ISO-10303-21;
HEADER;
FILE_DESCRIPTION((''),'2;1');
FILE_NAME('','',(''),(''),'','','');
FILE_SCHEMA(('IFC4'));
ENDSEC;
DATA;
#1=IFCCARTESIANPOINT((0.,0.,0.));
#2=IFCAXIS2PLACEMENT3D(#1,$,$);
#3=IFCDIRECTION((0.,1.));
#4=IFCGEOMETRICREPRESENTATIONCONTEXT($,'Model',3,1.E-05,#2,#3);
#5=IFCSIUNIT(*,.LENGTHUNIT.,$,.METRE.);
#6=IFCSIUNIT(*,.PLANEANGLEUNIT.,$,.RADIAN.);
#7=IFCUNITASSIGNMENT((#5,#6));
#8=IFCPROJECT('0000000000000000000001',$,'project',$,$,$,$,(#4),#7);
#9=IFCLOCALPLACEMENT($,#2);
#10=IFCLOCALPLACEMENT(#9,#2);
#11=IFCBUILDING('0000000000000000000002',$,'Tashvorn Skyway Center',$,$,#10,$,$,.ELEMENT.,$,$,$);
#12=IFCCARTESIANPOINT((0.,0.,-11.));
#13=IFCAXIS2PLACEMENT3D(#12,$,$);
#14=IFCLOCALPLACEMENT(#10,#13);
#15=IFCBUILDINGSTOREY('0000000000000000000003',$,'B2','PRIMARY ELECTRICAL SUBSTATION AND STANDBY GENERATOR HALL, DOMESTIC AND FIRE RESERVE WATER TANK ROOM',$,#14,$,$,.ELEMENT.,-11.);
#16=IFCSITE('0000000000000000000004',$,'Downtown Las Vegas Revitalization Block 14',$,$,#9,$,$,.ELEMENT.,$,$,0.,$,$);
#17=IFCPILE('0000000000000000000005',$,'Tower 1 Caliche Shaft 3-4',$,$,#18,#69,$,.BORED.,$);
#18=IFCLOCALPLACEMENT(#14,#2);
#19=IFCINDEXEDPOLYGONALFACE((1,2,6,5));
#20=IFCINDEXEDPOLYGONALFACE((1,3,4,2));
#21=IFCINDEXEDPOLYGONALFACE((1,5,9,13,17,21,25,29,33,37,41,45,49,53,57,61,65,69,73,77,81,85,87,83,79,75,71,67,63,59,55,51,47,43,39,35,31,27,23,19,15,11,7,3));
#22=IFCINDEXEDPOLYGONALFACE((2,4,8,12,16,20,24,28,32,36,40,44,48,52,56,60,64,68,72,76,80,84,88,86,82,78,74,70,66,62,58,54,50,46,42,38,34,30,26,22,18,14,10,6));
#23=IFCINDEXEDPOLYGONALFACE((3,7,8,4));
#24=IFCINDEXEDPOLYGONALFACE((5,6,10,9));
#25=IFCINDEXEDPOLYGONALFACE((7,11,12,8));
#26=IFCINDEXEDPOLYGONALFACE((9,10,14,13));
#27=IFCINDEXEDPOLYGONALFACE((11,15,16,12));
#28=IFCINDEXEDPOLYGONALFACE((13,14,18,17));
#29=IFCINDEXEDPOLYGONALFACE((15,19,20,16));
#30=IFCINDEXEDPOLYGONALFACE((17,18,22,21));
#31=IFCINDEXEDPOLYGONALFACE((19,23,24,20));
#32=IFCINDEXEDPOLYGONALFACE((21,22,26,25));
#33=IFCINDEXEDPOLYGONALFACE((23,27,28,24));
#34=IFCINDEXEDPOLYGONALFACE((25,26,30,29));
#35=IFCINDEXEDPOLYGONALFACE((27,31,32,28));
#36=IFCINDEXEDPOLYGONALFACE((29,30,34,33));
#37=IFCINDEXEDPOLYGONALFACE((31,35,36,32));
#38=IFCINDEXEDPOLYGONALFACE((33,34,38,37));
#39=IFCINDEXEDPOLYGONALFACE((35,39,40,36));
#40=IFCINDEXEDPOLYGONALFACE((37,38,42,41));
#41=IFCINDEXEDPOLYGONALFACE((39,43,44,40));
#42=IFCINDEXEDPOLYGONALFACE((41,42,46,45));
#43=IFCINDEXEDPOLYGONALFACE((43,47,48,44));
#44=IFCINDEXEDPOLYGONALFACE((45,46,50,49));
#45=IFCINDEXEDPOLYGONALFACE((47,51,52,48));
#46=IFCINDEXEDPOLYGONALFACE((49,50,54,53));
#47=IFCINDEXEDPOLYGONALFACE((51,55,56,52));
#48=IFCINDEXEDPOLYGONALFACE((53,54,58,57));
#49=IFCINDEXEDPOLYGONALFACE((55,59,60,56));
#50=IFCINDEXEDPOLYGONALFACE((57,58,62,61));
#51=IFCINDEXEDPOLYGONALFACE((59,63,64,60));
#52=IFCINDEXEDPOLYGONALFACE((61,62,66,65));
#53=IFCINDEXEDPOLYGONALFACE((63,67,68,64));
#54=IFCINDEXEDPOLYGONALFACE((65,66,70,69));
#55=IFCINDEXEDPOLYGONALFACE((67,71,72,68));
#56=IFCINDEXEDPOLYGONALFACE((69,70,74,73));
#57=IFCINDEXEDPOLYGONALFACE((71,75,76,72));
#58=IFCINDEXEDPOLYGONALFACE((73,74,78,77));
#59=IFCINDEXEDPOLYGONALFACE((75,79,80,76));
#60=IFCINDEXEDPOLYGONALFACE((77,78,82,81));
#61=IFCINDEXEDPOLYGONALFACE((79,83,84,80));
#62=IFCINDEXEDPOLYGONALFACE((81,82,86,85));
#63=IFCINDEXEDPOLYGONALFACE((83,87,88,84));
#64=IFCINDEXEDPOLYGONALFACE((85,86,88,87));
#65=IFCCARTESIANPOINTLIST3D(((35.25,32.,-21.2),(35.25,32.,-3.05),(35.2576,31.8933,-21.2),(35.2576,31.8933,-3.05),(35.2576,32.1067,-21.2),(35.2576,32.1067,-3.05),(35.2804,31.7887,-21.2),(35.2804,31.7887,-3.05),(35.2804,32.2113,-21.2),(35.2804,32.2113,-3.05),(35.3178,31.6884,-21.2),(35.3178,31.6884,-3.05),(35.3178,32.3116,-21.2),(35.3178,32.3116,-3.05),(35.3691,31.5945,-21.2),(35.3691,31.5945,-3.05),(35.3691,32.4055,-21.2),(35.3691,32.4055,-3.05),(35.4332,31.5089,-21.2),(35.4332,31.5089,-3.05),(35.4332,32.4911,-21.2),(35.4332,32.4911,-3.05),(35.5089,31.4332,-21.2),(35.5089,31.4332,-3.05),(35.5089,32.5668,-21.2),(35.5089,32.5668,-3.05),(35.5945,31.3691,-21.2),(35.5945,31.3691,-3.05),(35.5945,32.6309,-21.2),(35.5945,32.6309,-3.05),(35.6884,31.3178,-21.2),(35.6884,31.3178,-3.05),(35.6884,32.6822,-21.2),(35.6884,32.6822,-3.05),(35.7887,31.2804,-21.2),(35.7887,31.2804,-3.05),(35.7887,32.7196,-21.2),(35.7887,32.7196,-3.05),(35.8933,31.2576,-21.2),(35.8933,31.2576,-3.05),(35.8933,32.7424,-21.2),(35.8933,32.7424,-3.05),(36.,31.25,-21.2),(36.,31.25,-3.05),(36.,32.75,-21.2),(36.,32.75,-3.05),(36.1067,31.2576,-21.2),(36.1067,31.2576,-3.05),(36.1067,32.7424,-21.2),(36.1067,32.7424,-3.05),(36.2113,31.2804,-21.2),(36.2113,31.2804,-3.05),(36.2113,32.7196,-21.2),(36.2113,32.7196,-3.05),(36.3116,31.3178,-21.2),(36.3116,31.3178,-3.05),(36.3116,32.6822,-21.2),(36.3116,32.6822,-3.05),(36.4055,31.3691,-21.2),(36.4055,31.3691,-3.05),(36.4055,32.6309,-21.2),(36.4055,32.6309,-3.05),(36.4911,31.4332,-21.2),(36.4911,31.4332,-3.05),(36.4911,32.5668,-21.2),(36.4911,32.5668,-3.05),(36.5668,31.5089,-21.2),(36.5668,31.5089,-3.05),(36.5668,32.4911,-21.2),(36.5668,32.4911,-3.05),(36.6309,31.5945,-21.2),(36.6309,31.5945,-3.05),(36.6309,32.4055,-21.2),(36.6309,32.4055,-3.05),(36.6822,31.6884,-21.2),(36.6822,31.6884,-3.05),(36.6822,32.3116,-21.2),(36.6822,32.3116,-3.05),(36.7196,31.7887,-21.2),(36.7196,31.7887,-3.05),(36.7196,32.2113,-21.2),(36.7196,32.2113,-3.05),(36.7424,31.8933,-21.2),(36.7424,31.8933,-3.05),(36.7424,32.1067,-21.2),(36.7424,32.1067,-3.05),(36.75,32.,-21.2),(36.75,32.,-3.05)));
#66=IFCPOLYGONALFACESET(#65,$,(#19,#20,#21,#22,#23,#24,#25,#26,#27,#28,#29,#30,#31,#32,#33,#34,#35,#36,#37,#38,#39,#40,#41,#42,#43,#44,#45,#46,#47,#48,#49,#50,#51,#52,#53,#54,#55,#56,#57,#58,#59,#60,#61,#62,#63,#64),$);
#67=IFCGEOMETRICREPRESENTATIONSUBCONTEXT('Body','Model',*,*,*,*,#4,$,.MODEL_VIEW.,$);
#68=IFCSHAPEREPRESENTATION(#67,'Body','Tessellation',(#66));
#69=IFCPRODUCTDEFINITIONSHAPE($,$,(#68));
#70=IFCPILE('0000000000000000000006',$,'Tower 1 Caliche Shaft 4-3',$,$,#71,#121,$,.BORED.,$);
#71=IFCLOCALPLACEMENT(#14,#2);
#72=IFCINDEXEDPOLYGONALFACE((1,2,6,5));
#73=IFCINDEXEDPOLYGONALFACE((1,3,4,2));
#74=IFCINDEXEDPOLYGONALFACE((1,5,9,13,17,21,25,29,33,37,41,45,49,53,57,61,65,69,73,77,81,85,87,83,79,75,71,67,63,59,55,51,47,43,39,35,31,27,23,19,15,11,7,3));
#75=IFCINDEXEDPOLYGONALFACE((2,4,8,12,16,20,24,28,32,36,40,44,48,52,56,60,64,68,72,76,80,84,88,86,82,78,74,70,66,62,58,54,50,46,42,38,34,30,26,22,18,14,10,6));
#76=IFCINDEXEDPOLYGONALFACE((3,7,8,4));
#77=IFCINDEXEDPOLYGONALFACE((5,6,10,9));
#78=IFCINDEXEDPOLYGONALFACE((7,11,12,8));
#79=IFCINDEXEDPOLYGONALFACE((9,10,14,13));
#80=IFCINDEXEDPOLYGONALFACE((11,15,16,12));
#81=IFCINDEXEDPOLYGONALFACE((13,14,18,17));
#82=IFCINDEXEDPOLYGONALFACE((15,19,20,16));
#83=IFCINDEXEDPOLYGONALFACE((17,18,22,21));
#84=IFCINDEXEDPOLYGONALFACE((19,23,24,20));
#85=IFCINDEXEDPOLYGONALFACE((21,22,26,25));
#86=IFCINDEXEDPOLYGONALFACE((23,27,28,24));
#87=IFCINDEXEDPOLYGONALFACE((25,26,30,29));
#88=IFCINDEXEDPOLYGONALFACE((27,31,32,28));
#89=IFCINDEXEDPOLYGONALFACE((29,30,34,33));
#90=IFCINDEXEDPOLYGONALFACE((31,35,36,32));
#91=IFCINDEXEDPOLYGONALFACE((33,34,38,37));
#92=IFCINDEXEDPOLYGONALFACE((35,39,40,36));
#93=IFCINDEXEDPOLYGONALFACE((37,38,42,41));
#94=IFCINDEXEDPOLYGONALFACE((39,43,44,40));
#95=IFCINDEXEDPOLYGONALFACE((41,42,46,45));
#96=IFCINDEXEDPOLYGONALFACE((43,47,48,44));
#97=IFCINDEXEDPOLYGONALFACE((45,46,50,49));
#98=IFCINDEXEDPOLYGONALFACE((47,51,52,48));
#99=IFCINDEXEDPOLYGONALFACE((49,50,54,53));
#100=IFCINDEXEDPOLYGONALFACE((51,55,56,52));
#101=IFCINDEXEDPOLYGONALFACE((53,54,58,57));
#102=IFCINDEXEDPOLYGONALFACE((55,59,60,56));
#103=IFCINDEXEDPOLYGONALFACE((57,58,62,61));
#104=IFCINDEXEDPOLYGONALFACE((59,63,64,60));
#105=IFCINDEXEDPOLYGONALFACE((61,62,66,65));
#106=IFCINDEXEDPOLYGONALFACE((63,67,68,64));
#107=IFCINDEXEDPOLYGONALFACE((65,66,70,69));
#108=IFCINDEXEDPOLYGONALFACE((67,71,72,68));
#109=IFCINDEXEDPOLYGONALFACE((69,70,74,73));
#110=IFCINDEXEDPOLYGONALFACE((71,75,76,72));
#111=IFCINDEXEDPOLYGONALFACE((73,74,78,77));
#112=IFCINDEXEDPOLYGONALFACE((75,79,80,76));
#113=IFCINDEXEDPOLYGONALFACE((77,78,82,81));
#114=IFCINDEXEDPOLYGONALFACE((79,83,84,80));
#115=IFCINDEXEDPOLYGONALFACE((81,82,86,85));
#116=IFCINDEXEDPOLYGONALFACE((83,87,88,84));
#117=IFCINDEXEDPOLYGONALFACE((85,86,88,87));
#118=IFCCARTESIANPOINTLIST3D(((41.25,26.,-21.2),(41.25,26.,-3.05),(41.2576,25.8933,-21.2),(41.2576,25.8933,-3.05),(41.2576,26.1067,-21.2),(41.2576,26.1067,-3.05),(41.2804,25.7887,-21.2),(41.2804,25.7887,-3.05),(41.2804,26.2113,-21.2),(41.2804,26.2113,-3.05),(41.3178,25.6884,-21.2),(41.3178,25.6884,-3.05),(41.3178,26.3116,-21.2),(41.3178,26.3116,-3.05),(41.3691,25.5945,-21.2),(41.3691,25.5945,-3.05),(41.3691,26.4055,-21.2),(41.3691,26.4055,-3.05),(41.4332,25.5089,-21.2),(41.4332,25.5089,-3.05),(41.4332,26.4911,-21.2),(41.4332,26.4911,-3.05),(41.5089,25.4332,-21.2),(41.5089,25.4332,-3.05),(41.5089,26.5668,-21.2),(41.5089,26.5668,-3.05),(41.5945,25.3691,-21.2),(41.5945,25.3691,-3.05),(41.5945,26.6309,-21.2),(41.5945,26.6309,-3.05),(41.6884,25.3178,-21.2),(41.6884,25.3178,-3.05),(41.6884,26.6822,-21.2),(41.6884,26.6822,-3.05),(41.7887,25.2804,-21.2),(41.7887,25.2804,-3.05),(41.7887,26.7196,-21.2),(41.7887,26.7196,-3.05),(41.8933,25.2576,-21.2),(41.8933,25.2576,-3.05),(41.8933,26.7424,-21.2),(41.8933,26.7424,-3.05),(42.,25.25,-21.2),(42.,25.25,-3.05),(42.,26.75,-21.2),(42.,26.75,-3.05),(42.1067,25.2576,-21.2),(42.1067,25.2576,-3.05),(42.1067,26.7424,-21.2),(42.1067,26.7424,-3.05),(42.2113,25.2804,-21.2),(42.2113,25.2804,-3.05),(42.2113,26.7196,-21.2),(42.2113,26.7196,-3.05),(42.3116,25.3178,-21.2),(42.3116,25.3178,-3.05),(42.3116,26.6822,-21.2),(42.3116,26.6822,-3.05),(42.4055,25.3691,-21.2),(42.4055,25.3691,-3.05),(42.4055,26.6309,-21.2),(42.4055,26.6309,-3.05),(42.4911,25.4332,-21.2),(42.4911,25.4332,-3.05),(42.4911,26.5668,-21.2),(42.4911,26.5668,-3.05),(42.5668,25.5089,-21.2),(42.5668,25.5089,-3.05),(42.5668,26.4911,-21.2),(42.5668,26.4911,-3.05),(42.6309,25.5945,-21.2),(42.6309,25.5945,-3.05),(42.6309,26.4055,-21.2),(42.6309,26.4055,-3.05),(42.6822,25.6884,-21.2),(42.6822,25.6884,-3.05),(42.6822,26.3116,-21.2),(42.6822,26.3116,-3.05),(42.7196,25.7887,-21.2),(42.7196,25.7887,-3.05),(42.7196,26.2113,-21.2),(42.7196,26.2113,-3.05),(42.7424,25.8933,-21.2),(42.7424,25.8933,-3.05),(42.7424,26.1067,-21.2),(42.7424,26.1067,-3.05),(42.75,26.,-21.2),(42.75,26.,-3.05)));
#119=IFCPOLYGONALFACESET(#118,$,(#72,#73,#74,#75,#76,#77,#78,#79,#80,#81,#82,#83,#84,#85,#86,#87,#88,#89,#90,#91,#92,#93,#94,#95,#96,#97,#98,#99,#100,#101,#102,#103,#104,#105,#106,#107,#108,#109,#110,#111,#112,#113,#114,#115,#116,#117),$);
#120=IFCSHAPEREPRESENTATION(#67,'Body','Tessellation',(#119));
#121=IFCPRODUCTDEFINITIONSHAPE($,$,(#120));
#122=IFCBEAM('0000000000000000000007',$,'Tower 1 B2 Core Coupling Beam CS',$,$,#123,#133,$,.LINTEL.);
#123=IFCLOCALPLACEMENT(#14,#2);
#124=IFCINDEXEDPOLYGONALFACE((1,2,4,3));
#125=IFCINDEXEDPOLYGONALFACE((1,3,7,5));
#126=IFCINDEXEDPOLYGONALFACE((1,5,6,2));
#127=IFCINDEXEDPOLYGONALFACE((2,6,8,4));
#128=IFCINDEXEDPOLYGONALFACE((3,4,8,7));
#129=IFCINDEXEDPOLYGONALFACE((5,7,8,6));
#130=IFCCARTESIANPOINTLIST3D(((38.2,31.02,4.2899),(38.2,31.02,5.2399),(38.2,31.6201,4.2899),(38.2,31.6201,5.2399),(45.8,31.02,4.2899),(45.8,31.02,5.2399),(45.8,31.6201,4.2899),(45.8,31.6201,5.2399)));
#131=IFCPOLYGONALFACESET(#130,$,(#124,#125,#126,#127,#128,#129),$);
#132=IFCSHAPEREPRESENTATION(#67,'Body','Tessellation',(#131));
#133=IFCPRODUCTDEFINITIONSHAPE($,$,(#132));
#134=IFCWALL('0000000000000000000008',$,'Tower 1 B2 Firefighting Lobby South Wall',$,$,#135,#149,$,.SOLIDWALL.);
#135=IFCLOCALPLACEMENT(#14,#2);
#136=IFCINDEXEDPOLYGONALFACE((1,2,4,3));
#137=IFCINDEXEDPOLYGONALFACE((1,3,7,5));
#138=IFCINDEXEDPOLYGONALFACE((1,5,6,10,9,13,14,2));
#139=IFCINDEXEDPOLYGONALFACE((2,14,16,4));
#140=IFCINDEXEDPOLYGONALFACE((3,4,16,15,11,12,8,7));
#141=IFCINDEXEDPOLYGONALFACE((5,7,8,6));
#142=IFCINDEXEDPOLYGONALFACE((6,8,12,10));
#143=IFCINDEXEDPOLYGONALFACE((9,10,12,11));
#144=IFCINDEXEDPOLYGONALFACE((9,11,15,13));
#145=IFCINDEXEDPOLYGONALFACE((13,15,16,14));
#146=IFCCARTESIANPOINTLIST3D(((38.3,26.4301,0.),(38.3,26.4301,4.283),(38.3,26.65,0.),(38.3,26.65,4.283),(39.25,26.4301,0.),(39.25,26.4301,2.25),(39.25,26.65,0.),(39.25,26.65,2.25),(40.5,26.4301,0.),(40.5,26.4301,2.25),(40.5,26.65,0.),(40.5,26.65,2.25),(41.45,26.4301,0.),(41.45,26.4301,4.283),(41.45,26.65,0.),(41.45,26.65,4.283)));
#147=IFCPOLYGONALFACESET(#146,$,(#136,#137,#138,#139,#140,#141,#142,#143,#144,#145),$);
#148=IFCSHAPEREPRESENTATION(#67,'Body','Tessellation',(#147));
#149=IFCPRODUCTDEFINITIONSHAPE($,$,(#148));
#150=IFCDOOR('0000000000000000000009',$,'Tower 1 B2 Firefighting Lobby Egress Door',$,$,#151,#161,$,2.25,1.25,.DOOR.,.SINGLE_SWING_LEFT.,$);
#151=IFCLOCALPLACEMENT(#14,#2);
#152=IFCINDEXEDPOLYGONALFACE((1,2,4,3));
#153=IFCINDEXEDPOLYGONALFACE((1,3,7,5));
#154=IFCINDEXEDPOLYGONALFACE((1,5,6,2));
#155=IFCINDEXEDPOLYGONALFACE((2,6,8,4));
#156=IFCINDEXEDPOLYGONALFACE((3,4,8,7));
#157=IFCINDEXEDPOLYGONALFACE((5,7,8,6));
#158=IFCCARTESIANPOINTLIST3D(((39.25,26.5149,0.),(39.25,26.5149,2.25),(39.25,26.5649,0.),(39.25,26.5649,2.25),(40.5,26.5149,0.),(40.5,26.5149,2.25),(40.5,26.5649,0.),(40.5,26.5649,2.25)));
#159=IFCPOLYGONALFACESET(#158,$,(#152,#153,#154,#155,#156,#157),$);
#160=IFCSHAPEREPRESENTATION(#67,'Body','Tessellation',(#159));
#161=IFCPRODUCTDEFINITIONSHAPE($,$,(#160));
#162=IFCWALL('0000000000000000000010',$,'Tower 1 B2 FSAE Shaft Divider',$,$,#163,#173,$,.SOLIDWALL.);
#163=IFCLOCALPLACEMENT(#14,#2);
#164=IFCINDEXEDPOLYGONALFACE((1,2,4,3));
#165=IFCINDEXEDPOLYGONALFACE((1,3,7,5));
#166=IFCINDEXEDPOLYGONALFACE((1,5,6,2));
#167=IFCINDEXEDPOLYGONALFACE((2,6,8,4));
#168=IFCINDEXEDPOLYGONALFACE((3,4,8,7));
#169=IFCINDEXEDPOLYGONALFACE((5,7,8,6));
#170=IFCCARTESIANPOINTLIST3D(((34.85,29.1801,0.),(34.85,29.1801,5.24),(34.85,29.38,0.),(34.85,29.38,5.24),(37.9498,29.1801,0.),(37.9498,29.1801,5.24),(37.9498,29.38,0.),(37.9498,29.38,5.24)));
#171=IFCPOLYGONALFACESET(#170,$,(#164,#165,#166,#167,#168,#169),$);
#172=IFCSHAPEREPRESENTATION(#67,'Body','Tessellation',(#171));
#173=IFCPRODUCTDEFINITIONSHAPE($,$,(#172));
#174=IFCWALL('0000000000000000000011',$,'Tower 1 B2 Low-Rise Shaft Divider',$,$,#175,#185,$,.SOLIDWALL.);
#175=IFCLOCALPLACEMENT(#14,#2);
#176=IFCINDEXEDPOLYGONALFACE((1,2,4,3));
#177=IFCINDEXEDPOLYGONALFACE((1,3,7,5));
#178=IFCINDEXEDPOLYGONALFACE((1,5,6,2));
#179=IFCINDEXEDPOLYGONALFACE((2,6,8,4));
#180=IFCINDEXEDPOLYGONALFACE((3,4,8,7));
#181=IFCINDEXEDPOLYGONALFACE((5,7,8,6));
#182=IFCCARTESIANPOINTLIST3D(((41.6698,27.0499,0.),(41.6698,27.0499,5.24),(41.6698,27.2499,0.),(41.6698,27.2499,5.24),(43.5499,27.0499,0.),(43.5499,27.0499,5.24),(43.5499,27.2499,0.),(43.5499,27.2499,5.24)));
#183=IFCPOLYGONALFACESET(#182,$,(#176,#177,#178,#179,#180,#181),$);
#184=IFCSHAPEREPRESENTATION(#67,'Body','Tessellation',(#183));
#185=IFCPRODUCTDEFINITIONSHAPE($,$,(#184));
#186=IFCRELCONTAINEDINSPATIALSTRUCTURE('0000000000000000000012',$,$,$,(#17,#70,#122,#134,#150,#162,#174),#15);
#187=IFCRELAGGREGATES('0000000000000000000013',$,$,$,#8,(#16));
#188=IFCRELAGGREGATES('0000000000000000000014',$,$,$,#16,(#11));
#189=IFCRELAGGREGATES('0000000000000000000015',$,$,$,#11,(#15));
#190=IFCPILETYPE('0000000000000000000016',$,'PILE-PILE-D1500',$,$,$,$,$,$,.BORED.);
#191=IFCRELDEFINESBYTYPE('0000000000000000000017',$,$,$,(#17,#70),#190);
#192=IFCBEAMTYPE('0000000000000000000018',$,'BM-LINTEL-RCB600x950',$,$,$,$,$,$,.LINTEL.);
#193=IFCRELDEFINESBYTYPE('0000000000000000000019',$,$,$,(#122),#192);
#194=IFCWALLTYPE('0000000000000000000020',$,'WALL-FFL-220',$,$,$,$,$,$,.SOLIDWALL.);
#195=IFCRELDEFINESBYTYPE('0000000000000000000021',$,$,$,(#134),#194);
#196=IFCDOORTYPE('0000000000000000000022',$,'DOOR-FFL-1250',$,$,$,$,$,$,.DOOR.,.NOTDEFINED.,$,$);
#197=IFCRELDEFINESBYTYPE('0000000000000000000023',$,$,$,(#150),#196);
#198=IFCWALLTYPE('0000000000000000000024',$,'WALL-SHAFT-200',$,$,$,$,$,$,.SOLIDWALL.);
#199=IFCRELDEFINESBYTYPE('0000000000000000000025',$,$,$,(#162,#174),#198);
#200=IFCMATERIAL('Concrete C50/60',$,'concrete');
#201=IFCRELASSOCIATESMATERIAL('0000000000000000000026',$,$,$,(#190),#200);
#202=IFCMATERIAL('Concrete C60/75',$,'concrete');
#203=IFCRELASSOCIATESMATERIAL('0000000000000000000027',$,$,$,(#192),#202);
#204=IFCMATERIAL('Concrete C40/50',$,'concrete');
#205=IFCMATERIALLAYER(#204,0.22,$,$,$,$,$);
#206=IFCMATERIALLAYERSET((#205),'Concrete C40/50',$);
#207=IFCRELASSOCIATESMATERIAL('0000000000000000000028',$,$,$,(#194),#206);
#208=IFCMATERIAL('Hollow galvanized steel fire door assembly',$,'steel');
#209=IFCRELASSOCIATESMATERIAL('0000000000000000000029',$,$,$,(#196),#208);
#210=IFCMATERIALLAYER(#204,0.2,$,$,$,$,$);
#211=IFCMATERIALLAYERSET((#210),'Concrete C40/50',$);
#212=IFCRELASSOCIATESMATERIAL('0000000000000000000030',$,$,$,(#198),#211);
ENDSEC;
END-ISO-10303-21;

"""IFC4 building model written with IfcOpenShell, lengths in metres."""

from ifc_helpers import new_model, si_unit, direction, frame, frame_2d, origin, origin_2d, place, context, subcontext, project, spatial, rectangle, circle, extrude, material, layer, layer_set, material_profile, profile_set, type_object, element, fill, save


model = new_model("IFC4")

# Units and contexts
model_context = context("Model", 3, precision=1e-05, world=origin(), true_north=direction((0.0, 1.0)))
body_context = subcontext(model_context, "Body", "Model", "MODEL_VIEW")
ifc_project = project(units=[si_unit("LENGTHUNIT", "METRE"), si_unit("PLANEANGLEUNIT", "RADIAN")], contexts=[model_context])

# Site, building, storey
site_placement = place(None, origin())
site = spatial("IfcSite", under=ifc_project, at=site_placement, Name="Downtown Las Vegas Revitalization Block 14", CompositionType="ELEMENT", RefElevation=0.0)
building_placement = place(site_placement, origin())
building = spatial("IfcBuilding", under=site, at=building_placement, Name="Tashvorn Skyway Center", CompositionType="ELEMENT")
storey_placement = place(building_placement, frame((0.0, 0.0, -11.0)))
storey = spatial("IfcBuildingStorey", under=building, at=storey_placement, Name="B2", Description="PRIMARY ELECTRICAL SUBSTATION AND STANDBY GENERATOR HALL, DOMESTIC AND FIRE RESERVE WATER TANK ROOM", CompositionType="ELEMENT", Elevation=-11.0)

# Piles
ifc_material_1 = material(Name="Concrete C50/60", Category="concrete")
ifc_material_profile_1 = material_profile(ifc_material_1, circle(Radius=0.75, at=origin_2d()), Name="PILE-D1500")
ifc_profile_set_1 = profile_set([ifc_material_profile_1], Name="Concrete C50/60")
pile_type = type_object("IfcPileType", Name="PILE-PILE-D1500", PredefinedType="BORED", material=ifc_profile_set_1)
for number, where, z_axis, x_axis, name in (
    (1, (36.0, 32.0, -3.05), (0.0, 0.0, -1.0), (1.0, 0.0, 0.0), "Tower 1 Caliche Shaft 3-4"),
    (2, (42.0, 26.0, -3.05), (0.0, 0.0, -1.0), (1.0, 0.0, 0.0), "Tower 1 Caliche Shaft 4-3"),
):
    element("IfcPile", number, at=place(storey_placement, frame(where, z_axis=z_axis, x_axis=x_axis)), inside=storey, type_object=pile_type, Name=name, PredefinedType="BORED", context=body_context, shape_type="SweptSolid", body=[
        extrude(circle(Radius=0.75, at=origin_2d()), origin(), (0.0, 0.0, 1.0), 18.1499),
    ])

# Beam
ifc_material_2 = material(Name="Concrete C60/75", Category="concrete")
ifc_material_profile_2 = material_profile(ifc_material_2, rectangle(XDim=0.6001, YDim=0.95, at=origin_2d()), Name="RCB600x950")
ifc_profile_set_2 = profile_set([ifc_material_profile_2], Name="Concrete C60/75")
beam_type = type_object("IfcBeamType", Name="BM-LINTEL-RCB600x950", PredefinedType="LINTEL", material=ifc_profile_set_2)
beam_placement = place(storey_placement, frame((38.2, 31.3201, 4.7649), z_axis=(1.0, 0.0, 0.0), x_axis=(0.0, 1.0, 0.0)))
element("IfcBeam", 3, at=beam_placement, inside=storey, type_object=beam_type, Name="Tower 1 B2 Core Coupling Beam CS", PredefinedType="LINTEL", context=body_context, shape_type="SweptSolid", body=[
    extrude(rectangle(XDim=0.6001, YDim=0.95, at=origin_2d()), origin(), (0.0, 0.0, 1.0), 7.6001),
])

# Wall, opening, door
ifc_material_3 = material(Name="Concrete C40/50", Category="concrete")
ifc_layer_1 = layer(ifc_material_3, 0.22)
ifc_layer_set_1 = layer_set([ifc_layer_1], Name="Concrete C40/50")
wall_type_1 = type_object("IfcWallType", Name="WALL-FFL-220", PredefinedType="SOLIDWALL", material=ifc_layer_set_1)
wall_1_placement = place(storey_placement, frame((38.3, 26.54, 0.0), z_axis=(0.0, 0.0, 1.0), x_axis=(1.0, 0.0, 0.0)))
wall_1 = element("IfcWall", 4, at=wall_1_placement, inside=storey, type_object=wall_type_1, Name="Tower 1 B2 Firefighting Lobby South Wall", PredefinedType="SOLIDWALL", context=body_context, shape_type="SweptSolid", body=[
    extrude(rectangle(XDim=3.1499, YDim=0.22, at=frame_2d((1.575, 0.0))), origin(), (0.0, 0.0, 1.0), 4.283),
])
opening_1_placement = place(wall_1_placement, frame((0.95, 0.0, 0.0)))
opening_1 = element("IfcOpeningElement", 5, at=opening_1_placement, cuts=wall_1, PredefinedType="OPENING", context=body_context, shape_type="SweptSolid", body=[
    extrude(rectangle(XDim=1.25, YDim=2.25, at=frame_2d((0.625, 1.125))), frame((0.0, 0.1199, 0.0), z_axis=(0.0, -1.0, 0.0), x_axis=(1.0, 0.0, 0.0)), (0.0, 0.0, 1.0), 0.24),
])
ifc_material_4 = material(Name="Hollow galvanized steel fire door assembly", Category="steel")
door_type_1 = type_object("IfcDoorType", Name="DOOR-FFL-1250", OperationType="NOTDEFINED", PredefinedType="DOOR", material=ifc_material_4)
door_1_placement = place(opening_1_placement, origin())
door_1 = element("IfcDoor", 6, at=door_1_placement, inside=storey, type_object=door_type_1, Name="Tower 1 B2 Firefighting Lobby Egress Door", OperationType="SINGLE_SWING_LEFT", OverallHeight=2.25, OverallWidth=1.25, PredefinedType="DOOR", context=body_context, shape_type="SweptSolid", body=[
    extrude(rectangle(XDim=1.25, YDim=2.25, at=frame_2d((0.625, 1.125))), frame((0.0, 0.0249, 0.0), z_axis=(0.0, -1.0, 0.0), x_axis=(1.0, 0.0, 0.0)), (0.0, 0.0, 1.0), 0.05),
])
fill(opening_1, door_1)

# Walls
ifc_layer_2 = layer(ifc_material_3, 0.2)
ifc_layer_set_2 = layer_set([ifc_layer_2], Name="Concrete C40/50")
wall_type_2 = type_object("IfcWallType", Name="WALL-SHAFT-200", PredefinedType="SOLIDWALL", material=ifc_layer_set_2)
wall_2_placement = place(storey_placement, frame((34.8501, 29.28, 0.0), z_axis=(0.0, 0.0, 1.0), x_axis=(1.0, 0.0, 0.0)))
element("IfcWall", 7, at=wall_2_placement, inside=storey, type_object=wall_type_2, Name="Tower 1 B2 FSAE Shaft Divider", PredefinedType="SOLIDWALL", context=body_context, shape_type="SweptSolid", body=[
    extrude(rectangle(XDim=3.0999, YDim=0.2, at=frame_2d((1.5498, 0.0))), origin(), (0.0, 0.0, 1.0), 5.24),
])
for number, where, z_axis, x_axis, name in (
    (8, (41.6699, 27.1499, 0.0), (0.0, 0.0, 1.0), (1.0, 0.0, 0.0), "Tower 1 B2 Low-Rise Shaft Divider"),
):
    element("IfcWall", number, at=place(storey_placement, frame(where, z_axis=z_axis, x_axis=x_axis)), inside=storey, type_object=wall_type_2, Name=name, PredefinedType="SOLIDWALL", context=body_context, shape_type="SweptSolid", body=[
        extrude(rectangle(XDim=1.8801, YDim=0.2, at=frame_2d((0.9399, 0.0))), origin(), (0.0, 0.0, 1.0), 5.24),
    ])

save(model, "model.ifc")
